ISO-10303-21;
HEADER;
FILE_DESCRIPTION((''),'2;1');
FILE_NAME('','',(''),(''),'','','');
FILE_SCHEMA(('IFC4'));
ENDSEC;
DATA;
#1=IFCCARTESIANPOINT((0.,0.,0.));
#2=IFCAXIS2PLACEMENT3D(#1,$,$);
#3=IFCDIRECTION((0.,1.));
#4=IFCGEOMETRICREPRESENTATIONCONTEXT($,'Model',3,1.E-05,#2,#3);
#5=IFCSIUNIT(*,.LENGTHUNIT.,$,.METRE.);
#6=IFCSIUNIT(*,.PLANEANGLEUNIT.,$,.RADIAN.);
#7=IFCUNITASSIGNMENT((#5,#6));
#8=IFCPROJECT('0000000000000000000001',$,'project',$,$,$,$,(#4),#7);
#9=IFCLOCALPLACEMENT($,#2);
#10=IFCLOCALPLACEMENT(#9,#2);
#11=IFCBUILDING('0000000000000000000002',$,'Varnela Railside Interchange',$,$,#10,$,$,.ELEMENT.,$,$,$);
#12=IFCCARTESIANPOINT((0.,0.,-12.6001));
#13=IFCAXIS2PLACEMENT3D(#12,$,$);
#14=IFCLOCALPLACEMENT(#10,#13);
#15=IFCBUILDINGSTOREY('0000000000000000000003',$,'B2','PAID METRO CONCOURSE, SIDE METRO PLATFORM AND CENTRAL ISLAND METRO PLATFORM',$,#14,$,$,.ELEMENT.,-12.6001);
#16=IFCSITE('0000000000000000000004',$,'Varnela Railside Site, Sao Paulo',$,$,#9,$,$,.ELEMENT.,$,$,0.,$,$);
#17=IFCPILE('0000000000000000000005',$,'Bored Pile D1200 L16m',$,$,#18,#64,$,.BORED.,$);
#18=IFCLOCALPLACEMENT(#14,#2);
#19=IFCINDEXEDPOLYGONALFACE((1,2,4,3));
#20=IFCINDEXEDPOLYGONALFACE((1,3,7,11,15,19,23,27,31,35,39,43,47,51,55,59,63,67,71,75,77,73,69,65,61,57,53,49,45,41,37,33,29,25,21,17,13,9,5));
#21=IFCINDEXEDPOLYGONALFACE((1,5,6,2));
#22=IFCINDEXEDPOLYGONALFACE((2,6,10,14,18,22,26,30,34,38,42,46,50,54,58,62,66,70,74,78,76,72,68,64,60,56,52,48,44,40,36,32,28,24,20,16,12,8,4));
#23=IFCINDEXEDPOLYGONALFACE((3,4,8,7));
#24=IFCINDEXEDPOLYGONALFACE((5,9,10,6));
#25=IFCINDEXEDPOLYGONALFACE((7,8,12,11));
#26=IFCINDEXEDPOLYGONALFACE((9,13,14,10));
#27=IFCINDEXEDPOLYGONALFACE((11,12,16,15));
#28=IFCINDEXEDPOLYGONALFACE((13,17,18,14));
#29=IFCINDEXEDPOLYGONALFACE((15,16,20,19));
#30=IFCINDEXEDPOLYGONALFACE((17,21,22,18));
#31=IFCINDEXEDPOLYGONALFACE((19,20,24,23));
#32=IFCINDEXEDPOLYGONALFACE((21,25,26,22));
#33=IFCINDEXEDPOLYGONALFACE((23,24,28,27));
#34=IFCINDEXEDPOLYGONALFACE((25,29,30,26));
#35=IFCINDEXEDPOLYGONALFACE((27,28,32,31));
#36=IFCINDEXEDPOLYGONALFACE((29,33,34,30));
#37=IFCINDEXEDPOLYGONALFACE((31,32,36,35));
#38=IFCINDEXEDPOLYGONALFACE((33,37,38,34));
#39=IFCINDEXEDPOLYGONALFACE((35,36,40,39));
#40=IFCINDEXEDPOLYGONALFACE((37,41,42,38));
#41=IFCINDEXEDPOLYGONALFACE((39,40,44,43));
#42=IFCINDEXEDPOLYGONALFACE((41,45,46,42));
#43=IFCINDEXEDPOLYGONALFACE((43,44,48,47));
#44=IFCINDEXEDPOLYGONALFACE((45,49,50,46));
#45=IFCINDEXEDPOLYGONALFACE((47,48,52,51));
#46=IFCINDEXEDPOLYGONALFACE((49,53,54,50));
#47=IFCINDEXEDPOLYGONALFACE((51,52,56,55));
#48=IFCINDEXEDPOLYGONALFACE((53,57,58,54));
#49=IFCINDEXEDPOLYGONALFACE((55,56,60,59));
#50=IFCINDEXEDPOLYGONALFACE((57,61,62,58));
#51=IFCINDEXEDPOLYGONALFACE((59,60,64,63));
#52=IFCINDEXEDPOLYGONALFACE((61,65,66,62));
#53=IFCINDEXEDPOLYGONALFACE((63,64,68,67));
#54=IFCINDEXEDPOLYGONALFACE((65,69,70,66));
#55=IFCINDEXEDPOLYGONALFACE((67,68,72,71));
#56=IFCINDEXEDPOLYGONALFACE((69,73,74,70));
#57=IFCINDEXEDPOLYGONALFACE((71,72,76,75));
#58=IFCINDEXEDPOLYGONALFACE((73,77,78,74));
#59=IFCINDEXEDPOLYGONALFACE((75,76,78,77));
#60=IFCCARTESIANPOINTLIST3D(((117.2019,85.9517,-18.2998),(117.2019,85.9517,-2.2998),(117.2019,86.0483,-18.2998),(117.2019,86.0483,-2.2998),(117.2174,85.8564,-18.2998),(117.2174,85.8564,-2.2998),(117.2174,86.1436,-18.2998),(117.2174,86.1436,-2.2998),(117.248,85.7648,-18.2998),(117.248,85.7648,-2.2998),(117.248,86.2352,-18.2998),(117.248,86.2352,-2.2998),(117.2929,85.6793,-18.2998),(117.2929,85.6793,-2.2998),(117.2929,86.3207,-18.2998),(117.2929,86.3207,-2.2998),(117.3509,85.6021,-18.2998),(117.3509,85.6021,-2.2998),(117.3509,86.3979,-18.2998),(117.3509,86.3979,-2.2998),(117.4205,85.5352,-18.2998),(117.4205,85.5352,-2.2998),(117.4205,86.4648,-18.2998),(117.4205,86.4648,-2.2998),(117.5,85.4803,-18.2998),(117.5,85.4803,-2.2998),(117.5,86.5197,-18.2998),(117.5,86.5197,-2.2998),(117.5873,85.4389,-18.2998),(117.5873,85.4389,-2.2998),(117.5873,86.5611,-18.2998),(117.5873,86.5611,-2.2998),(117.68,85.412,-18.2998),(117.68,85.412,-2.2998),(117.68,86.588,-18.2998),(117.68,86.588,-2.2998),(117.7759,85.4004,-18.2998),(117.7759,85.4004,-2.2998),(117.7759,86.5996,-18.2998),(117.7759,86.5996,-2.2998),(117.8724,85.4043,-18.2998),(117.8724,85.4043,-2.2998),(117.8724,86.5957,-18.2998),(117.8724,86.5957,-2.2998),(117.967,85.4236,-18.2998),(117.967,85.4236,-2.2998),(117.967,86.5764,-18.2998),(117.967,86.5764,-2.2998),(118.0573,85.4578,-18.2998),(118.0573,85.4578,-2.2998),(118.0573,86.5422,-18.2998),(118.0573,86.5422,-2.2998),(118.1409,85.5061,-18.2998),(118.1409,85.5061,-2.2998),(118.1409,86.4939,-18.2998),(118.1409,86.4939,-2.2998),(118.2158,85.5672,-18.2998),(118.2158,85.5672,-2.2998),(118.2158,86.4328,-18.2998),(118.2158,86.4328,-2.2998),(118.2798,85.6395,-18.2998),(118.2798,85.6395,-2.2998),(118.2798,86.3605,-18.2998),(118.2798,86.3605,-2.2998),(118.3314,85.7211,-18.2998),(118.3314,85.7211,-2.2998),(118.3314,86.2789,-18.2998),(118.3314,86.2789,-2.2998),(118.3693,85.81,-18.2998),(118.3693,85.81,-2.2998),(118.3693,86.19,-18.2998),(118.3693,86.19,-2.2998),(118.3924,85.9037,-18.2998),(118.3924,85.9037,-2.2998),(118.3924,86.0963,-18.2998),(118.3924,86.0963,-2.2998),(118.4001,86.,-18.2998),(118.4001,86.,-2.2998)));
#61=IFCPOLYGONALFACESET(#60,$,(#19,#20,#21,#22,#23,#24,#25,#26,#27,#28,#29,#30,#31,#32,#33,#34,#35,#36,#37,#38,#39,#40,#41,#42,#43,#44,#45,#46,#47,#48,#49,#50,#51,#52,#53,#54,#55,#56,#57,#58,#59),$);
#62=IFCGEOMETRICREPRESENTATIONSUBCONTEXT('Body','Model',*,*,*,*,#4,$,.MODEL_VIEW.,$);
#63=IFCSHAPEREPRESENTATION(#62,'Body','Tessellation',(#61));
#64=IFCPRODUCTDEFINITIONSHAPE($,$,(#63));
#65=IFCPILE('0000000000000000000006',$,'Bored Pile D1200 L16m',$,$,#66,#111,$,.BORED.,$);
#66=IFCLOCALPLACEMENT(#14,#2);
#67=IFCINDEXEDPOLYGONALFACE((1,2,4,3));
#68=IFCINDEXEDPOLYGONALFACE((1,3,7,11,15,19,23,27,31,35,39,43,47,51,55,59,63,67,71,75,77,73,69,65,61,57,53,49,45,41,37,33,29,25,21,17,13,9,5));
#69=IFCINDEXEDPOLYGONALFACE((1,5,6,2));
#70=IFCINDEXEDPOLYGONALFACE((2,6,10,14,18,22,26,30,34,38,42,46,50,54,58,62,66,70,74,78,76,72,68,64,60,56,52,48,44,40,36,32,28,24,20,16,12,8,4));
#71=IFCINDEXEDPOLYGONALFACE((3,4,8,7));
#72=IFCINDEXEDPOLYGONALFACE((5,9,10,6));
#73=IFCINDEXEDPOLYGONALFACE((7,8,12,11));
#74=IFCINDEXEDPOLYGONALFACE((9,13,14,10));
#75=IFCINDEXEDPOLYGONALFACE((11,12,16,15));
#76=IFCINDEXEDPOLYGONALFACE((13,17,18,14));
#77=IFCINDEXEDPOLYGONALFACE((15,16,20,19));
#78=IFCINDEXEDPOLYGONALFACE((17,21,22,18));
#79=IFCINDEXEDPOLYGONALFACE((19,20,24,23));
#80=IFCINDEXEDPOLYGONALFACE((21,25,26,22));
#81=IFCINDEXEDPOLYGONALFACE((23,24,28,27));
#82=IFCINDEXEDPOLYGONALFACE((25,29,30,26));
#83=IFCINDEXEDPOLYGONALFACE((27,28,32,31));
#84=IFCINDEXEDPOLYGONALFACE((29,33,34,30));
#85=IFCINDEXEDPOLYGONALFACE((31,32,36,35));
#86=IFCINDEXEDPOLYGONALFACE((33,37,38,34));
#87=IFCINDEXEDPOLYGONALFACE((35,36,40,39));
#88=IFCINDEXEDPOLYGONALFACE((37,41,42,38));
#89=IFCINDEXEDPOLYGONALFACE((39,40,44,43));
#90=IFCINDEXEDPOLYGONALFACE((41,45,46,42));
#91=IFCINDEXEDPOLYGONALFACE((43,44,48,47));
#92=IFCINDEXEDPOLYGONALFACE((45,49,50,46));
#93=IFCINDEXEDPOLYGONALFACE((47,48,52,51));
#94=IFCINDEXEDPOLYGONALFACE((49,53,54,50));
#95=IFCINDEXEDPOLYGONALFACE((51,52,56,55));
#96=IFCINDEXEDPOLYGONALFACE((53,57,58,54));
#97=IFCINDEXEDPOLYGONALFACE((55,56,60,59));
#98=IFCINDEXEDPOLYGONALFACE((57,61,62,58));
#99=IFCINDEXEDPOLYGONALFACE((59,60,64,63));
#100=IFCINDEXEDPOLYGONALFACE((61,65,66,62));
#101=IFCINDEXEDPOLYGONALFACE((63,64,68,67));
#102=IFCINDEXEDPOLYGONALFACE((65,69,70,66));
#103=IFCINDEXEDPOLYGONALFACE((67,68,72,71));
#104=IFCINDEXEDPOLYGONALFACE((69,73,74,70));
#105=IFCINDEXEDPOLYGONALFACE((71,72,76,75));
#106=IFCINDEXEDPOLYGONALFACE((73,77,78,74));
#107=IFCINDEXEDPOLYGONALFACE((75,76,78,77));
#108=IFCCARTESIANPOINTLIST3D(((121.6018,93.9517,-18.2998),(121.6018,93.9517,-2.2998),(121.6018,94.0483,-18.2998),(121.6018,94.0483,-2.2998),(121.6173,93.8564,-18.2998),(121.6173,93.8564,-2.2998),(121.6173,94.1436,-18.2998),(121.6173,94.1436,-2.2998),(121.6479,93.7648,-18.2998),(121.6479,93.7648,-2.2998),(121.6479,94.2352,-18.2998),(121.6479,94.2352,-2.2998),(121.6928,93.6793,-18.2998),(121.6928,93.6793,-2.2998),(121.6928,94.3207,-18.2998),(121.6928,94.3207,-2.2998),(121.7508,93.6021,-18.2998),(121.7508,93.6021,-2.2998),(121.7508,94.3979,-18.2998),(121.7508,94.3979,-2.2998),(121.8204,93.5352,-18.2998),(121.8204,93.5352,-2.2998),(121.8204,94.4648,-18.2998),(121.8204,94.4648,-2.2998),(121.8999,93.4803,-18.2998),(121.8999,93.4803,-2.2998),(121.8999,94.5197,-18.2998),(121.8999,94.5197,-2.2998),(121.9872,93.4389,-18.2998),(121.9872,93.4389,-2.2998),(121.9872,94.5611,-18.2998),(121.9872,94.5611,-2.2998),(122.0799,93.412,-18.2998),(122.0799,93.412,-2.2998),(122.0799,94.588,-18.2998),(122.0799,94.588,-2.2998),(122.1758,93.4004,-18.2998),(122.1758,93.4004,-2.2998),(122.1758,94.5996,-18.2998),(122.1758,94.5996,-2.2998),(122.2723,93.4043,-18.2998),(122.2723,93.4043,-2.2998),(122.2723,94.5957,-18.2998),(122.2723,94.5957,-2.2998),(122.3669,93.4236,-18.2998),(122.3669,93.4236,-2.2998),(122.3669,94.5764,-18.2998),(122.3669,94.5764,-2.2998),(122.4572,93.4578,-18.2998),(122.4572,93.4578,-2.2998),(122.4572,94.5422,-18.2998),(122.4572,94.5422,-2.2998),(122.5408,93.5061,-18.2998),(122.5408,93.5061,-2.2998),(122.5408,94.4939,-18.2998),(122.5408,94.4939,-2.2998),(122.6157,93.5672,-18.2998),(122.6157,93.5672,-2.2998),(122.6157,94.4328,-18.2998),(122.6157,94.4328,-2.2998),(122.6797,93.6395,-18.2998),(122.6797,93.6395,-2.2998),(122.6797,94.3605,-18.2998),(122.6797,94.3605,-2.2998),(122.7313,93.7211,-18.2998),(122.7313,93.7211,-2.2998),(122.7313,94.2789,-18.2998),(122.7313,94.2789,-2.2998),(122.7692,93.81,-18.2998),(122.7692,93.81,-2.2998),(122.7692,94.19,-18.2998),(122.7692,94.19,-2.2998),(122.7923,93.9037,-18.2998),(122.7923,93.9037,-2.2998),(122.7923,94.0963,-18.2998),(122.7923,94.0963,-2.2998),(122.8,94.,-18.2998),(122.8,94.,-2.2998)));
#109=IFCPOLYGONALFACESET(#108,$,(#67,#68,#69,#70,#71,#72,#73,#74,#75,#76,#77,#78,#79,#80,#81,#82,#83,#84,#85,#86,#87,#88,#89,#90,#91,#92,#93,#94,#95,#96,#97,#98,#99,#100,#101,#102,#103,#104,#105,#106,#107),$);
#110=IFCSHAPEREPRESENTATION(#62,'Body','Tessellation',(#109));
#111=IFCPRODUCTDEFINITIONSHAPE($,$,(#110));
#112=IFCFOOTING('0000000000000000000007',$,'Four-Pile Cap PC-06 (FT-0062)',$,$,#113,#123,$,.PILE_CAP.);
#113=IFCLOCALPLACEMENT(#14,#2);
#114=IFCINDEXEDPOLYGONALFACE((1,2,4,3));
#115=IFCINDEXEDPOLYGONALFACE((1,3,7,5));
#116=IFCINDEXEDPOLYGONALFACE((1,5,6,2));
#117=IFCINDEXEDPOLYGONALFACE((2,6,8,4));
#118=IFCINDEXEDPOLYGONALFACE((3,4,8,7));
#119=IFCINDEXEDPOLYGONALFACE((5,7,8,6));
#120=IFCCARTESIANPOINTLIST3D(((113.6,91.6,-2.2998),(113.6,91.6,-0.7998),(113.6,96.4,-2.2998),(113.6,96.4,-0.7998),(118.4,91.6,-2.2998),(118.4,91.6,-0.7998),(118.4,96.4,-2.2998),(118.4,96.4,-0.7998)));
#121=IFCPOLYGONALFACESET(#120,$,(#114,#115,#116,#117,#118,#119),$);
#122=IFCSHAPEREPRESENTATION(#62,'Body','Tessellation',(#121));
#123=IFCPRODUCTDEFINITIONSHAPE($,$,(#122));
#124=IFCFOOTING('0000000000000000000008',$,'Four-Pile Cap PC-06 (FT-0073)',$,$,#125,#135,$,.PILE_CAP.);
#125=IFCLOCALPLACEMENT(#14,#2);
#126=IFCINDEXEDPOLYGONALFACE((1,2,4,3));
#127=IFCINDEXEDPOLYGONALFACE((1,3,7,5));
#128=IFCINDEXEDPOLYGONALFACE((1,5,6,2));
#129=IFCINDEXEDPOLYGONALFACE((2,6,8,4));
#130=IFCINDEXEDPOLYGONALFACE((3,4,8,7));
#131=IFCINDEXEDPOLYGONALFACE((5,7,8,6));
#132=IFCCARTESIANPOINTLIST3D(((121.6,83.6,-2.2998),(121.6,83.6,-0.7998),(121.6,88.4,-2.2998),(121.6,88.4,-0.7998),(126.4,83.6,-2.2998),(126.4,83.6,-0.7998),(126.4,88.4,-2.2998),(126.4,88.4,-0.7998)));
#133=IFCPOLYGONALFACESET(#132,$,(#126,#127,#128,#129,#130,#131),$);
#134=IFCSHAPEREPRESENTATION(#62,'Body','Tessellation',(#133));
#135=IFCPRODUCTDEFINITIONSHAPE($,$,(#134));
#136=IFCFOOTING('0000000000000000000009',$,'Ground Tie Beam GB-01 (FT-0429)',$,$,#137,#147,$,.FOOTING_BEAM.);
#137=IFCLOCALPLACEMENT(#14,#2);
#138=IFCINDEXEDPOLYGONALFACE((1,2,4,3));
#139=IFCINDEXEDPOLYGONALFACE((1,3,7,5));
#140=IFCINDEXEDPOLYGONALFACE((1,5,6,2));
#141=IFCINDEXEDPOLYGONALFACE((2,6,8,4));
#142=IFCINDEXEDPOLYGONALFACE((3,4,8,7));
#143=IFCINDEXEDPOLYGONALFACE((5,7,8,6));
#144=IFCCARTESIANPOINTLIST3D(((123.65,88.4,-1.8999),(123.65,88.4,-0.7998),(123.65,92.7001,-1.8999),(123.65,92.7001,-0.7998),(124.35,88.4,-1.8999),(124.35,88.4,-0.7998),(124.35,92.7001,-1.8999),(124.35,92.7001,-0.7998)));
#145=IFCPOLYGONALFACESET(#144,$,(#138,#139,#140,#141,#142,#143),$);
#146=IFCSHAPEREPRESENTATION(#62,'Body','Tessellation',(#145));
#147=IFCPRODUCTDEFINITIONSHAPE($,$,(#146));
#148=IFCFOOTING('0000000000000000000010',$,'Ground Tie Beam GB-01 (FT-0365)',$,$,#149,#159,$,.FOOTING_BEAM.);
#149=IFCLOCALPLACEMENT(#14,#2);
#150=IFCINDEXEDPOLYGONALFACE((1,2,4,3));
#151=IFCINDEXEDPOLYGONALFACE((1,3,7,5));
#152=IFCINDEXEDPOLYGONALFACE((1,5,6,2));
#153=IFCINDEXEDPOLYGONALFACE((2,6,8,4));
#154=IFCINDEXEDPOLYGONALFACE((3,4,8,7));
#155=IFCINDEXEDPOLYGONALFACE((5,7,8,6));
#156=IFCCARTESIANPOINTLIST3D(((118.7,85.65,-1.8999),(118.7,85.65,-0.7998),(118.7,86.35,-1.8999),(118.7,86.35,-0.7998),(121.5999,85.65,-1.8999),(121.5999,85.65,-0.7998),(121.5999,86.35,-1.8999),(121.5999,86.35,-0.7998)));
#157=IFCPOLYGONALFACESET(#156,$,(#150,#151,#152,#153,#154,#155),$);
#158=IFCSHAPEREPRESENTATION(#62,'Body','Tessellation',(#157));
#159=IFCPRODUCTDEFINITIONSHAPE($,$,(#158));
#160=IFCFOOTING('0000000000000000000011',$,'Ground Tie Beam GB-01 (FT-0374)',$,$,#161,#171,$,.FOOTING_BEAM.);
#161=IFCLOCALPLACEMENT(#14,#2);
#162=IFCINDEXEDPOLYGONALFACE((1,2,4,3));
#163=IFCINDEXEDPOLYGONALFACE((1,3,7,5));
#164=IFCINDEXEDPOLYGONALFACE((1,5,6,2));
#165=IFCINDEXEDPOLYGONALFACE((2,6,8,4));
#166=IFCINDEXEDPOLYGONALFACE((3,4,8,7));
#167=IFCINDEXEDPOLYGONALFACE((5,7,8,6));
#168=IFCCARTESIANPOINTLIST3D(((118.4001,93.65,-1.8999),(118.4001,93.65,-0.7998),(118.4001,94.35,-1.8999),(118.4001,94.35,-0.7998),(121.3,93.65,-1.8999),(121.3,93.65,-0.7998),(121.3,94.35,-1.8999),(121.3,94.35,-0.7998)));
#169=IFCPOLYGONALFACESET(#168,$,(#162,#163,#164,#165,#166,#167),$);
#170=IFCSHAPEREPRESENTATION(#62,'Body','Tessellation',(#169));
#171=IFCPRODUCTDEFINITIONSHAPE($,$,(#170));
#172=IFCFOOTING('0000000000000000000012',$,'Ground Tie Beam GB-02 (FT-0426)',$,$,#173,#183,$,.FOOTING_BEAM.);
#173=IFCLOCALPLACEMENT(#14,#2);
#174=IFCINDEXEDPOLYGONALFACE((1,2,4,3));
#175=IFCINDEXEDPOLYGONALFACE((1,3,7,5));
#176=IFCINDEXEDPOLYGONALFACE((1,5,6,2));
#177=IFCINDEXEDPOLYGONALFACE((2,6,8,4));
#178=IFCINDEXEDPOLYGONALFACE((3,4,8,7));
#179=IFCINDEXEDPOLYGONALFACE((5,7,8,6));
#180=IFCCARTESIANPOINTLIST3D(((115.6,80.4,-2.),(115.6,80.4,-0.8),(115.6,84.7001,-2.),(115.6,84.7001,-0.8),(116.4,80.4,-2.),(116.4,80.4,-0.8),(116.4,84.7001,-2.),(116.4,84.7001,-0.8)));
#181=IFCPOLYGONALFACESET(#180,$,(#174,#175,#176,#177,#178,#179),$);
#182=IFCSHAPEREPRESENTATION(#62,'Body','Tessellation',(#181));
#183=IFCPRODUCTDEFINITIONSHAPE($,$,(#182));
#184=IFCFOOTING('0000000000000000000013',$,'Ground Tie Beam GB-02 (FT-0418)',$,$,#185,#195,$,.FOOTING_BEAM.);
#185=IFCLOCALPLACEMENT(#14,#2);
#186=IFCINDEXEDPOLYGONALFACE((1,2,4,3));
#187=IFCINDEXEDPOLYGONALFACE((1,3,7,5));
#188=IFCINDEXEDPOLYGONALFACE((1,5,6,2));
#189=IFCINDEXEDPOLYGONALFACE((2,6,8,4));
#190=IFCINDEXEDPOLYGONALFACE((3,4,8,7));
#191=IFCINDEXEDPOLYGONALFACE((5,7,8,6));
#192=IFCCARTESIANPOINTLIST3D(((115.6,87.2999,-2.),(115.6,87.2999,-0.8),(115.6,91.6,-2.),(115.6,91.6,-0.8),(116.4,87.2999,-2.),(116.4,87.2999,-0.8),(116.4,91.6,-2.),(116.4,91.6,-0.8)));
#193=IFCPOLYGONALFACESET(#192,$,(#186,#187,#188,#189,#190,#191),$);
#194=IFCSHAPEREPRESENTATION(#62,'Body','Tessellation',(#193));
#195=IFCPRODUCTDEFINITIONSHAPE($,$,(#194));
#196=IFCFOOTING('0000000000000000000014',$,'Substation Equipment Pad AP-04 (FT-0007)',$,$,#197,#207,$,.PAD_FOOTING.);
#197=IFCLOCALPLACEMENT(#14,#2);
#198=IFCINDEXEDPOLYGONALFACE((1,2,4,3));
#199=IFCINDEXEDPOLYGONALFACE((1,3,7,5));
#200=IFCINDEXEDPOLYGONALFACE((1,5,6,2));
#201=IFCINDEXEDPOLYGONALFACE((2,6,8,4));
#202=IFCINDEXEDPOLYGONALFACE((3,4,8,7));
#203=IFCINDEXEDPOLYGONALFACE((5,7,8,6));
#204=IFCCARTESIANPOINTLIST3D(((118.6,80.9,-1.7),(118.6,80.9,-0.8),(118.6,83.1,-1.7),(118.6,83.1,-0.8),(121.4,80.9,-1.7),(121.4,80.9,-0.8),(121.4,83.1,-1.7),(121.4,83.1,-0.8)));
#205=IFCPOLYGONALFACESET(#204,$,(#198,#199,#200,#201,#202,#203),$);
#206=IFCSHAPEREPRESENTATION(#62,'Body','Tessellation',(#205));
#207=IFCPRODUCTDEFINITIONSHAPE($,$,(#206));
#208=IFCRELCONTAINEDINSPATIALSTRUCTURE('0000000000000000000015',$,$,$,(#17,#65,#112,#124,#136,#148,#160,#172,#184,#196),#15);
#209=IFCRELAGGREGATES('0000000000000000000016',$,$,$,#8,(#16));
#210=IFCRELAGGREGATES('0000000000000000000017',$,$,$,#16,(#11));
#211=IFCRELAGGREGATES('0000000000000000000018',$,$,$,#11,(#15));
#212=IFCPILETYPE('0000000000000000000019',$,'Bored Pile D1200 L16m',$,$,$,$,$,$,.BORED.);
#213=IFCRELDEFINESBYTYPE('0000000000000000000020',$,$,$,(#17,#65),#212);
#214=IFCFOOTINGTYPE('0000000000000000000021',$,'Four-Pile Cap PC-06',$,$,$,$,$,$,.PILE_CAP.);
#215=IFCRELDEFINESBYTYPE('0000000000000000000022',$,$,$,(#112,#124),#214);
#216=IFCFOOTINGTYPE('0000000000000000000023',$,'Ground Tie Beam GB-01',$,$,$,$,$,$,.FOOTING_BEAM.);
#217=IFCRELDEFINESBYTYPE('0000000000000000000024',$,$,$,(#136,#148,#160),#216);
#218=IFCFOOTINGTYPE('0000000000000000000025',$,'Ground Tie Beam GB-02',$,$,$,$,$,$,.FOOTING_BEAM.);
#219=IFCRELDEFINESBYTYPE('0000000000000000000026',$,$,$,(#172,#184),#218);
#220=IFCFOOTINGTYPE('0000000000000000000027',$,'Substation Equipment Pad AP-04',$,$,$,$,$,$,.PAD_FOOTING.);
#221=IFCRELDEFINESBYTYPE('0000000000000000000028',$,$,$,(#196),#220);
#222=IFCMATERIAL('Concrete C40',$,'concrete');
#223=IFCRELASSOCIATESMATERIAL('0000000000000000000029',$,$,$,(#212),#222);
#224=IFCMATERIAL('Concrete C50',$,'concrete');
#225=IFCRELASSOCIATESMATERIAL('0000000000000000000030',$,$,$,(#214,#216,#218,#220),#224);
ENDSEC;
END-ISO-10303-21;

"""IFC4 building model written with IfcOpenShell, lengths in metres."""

from ifc_helpers import new_model, si_unit, direction, frame, origin, origin_2d, place, context, subcontext, project, spatial, rectangle, circle, extrude, material, material_profile, profile_set, type_object, element, save


model = new_model("IFC4")

# Units and contexts
model_context = context("Model", 3, precision=1e-05, world=origin(), true_north=direction((0.0, 1.0)))
body_context = subcontext(model_context, "Body", "Model", "MODEL_VIEW")
ifc_project = project(units=[si_unit("LENGTHUNIT", "METRE"), si_unit("PLANEANGLEUNIT", "RADIAN")], contexts=[model_context])

# Site, building, storey
site_placement = place(None, origin())
site = spatial("IfcSite", under=ifc_project, at=site_placement, Name="Varnela Railside Site, Sao Paulo", CompositionType="ELEMENT", RefElevation=0.0)
building_placement = place(site_placement, origin())
building = spatial("IfcBuilding", under=site, at=building_placement, Name="Varnela Railside Interchange", CompositionType="ELEMENT")
storey_placement = place(building_placement, frame((0.0, 0.0, -12.6001)))
storey = spatial("IfcBuildingStorey", under=building, at=storey_placement, Name="B2", Description="PAID METRO CONCOURSE, SIDE METRO PLATFORM AND CENTRAL ISLAND METRO PLATFORM", CompositionType="ELEMENT", Elevation=-12.6001)

# Piles
ifc_material_1 = material(Name="Concrete C40", Category="concrete")
ifc_material_profile_1 = material_profile(ifc_material_1, circle(Radius=0.6001, at=origin_2d()), Name="BORED PILE D1200")
ifc_profile_set_1 = profile_set([ifc_material_profile_1], Name="Concrete C40")
pile_type_1 = type_object("IfcPileType", Name="Bored Pile D1200 L16m", PredefinedType="BORED", material=ifc_profile_set_1)
for number, where, z_axis, x_axis, name in (
    (1, (117.8, 86.0, -2.2998), (0.0, 0.0, -1.0), (1.0, 0.0, 0.0), "Bored Pile D1200 L16m"),
    (2, (122.2, 94.0, -2.2998), (0.0, 0.0, -1.0), (1.0, 0.0, 0.0), "Bored Pile D1200 L16m"),
):
    element("IfcPile", number, at=place(storey_placement, frame(where, z_axis=z_axis, x_axis=x_axis)), inside=storey, type_object=pile_type_1, Name=name, PredefinedType="BORED", context=body_context, shape_type="SweptSolid", body=[
        extrude(circle(Radius=0.6001, at=origin_2d()), origin(), (0.0, 0.0, 1.0), 16.0),
    ])

# Footings
ifc_material_2 = material(Name="Concrete C50", Category="concrete")
footing_type_1 = type_object("IfcFootingType", Name="Four-Pile Cap PC-06", PredefinedType="PILE_CAP", material=ifc_material_2)
for number, where, z_axis, x_axis, name in (
    (3, (116.0, 94.0, -2.2998), (0.0, 0.0, 1.0), (1.0, 0.0, 0.0), "Four-Pile Cap PC-06 (FT-0062)"),
    (4, (124.0, 86.0, -2.2998), (0.0, 0.0, 1.0), (1.0, 0.0, 0.0), "Four-Pile Cap PC-06 (FT-0073)"),
):
    element("IfcFooting", number, at=place(storey_placement, frame(where, z_axis=z_axis, x_axis=x_axis)), inside=storey, type_object=footing_type_1, Name=name, PredefinedType="PILE_CAP", context=body_context, shape_type="SweptSolid", body=[
        extrude(rectangle(XDim=4.8, YDim=4.8, at=origin_2d()), origin(), (0.0, 0.0, 1.0), 1.5),
    ])
footing_type_2 = type_object("IfcFootingType", Name="Ground Tie Beam GB-01", PredefinedType="FOOTING_BEAM", material=ifc_material_2)
footing_placement = place(storey_placement, frame((124.0, 90.55, -1.8999), z_axis=(0.0, 0.0, 1.0), x_axis=(1.0, 0.0, 0.0)))
element("IfcFooting", 5, at=footing_placement, inside=storey, type_object=footing_type_2, Name="Ground Tie Beam GB-01 (FT-0429)", PredefinedType="FOOTING_BEAM", context=body_context, shape_type="SweptSolid", body=[
    extrude(rectangle(XDim=0.7, YDim=4.3, at=origin_2d()), origin(), (0.0, 0.0, 1.0), 1.1001),
])
for number, where, z_axis, x_axis, name in (
    (6, (120.1499, 86.0, -1.8999), (0.0, 0.0, 1.0), (1.0, 0.0, 0.0), "Ground Tie Beam GB-01 (FT-0365)"),
    (7, (119.8501, 94.0, -1.8999), (0.0, 0.0, 1.0), (1.0, 0.0, 0.0), "Ground Tie Beam GB-01 (FT-0374)"),
):
    element("IfcFooting", number, at=place(storey_placement, frame(where, z_axis=z_axis, x_axis=x_axis)), inside=storey, type_object=footing_type_2, Name=name, PredefinedType="FOOTING_BEAM", context=body_context, shape_type="SweptSolid", body=[
        extrude(rectangle(XDim=2.8999, YDim=0.7, at=origin_2d()), origin(), (0.0, 0.0, 1.0), 1.1001),
    ])
footing_type_3 = type_object("IfcFootingType", Name="Ground Tie Beam GB-02", PredefinedType="FOOTING_BEAM", material=ifc_material_2)
for number, where, z_axis, x_axis, name in (
    (8, (116.0, 82.55, -2.0), (0.0, 0.0, 1.0), (1.0, 0.0, 0.0), "Ground Tie Beam GB-02 (FT-0426)"),
    (9, (116.0, 89.45, -2.0), (0.0, 0.0, 1.0), (1.0, 0.0, 0.0), "Ground Tie Beam GB-02 (FT-0418)"),
):
    element("IfcFooting", number, at=place(storey_placement, frame(where, z_axis=z_axis, x_axis=x_axis)), inside=storey, type_object=footing_type_3, Name=name, PredefinedType="FOOTING_BEAM", context=body_context, shape_type="SweptSolid", body=[
        extrude(rectangle(XDim=0.8, YDim=4.3, at=origin_2d()), origin(), (0.0, 0.0, 1.0), 1.2),
    ])
footing_type_4 = type_object("IfcFootingType", Name="Substation Equipment Pad AP-04", PredefinedType="PAD_FOOTING", material=ifc_material_2)
for number, where, z_axis, x_axis, name in (
    (10, (120.0, 82.0, -1.7), (0.0, 0.0, 1.0), (1.0, 0.0, 0.0), "Substation Equipment Pad AP-04 (FT-0007)"),
):
    element("IfcFooting", number, at=place(storey_placement, frame(where, z_axis=z_axis, x_axis=x_axis)), inside=storey, type_object=footing_type_4, Name=name, PredefinedType="PAD_FOOTING", context=body_context, shape_type="SweptSolid", body=[
        extrude(rectangle(XDim=2.8, YDim=2.2, at=origin_2d()), origin(), (0.0, 0.0, 1.0), 0.8999),
    ])

save(model, "model.ifc")
